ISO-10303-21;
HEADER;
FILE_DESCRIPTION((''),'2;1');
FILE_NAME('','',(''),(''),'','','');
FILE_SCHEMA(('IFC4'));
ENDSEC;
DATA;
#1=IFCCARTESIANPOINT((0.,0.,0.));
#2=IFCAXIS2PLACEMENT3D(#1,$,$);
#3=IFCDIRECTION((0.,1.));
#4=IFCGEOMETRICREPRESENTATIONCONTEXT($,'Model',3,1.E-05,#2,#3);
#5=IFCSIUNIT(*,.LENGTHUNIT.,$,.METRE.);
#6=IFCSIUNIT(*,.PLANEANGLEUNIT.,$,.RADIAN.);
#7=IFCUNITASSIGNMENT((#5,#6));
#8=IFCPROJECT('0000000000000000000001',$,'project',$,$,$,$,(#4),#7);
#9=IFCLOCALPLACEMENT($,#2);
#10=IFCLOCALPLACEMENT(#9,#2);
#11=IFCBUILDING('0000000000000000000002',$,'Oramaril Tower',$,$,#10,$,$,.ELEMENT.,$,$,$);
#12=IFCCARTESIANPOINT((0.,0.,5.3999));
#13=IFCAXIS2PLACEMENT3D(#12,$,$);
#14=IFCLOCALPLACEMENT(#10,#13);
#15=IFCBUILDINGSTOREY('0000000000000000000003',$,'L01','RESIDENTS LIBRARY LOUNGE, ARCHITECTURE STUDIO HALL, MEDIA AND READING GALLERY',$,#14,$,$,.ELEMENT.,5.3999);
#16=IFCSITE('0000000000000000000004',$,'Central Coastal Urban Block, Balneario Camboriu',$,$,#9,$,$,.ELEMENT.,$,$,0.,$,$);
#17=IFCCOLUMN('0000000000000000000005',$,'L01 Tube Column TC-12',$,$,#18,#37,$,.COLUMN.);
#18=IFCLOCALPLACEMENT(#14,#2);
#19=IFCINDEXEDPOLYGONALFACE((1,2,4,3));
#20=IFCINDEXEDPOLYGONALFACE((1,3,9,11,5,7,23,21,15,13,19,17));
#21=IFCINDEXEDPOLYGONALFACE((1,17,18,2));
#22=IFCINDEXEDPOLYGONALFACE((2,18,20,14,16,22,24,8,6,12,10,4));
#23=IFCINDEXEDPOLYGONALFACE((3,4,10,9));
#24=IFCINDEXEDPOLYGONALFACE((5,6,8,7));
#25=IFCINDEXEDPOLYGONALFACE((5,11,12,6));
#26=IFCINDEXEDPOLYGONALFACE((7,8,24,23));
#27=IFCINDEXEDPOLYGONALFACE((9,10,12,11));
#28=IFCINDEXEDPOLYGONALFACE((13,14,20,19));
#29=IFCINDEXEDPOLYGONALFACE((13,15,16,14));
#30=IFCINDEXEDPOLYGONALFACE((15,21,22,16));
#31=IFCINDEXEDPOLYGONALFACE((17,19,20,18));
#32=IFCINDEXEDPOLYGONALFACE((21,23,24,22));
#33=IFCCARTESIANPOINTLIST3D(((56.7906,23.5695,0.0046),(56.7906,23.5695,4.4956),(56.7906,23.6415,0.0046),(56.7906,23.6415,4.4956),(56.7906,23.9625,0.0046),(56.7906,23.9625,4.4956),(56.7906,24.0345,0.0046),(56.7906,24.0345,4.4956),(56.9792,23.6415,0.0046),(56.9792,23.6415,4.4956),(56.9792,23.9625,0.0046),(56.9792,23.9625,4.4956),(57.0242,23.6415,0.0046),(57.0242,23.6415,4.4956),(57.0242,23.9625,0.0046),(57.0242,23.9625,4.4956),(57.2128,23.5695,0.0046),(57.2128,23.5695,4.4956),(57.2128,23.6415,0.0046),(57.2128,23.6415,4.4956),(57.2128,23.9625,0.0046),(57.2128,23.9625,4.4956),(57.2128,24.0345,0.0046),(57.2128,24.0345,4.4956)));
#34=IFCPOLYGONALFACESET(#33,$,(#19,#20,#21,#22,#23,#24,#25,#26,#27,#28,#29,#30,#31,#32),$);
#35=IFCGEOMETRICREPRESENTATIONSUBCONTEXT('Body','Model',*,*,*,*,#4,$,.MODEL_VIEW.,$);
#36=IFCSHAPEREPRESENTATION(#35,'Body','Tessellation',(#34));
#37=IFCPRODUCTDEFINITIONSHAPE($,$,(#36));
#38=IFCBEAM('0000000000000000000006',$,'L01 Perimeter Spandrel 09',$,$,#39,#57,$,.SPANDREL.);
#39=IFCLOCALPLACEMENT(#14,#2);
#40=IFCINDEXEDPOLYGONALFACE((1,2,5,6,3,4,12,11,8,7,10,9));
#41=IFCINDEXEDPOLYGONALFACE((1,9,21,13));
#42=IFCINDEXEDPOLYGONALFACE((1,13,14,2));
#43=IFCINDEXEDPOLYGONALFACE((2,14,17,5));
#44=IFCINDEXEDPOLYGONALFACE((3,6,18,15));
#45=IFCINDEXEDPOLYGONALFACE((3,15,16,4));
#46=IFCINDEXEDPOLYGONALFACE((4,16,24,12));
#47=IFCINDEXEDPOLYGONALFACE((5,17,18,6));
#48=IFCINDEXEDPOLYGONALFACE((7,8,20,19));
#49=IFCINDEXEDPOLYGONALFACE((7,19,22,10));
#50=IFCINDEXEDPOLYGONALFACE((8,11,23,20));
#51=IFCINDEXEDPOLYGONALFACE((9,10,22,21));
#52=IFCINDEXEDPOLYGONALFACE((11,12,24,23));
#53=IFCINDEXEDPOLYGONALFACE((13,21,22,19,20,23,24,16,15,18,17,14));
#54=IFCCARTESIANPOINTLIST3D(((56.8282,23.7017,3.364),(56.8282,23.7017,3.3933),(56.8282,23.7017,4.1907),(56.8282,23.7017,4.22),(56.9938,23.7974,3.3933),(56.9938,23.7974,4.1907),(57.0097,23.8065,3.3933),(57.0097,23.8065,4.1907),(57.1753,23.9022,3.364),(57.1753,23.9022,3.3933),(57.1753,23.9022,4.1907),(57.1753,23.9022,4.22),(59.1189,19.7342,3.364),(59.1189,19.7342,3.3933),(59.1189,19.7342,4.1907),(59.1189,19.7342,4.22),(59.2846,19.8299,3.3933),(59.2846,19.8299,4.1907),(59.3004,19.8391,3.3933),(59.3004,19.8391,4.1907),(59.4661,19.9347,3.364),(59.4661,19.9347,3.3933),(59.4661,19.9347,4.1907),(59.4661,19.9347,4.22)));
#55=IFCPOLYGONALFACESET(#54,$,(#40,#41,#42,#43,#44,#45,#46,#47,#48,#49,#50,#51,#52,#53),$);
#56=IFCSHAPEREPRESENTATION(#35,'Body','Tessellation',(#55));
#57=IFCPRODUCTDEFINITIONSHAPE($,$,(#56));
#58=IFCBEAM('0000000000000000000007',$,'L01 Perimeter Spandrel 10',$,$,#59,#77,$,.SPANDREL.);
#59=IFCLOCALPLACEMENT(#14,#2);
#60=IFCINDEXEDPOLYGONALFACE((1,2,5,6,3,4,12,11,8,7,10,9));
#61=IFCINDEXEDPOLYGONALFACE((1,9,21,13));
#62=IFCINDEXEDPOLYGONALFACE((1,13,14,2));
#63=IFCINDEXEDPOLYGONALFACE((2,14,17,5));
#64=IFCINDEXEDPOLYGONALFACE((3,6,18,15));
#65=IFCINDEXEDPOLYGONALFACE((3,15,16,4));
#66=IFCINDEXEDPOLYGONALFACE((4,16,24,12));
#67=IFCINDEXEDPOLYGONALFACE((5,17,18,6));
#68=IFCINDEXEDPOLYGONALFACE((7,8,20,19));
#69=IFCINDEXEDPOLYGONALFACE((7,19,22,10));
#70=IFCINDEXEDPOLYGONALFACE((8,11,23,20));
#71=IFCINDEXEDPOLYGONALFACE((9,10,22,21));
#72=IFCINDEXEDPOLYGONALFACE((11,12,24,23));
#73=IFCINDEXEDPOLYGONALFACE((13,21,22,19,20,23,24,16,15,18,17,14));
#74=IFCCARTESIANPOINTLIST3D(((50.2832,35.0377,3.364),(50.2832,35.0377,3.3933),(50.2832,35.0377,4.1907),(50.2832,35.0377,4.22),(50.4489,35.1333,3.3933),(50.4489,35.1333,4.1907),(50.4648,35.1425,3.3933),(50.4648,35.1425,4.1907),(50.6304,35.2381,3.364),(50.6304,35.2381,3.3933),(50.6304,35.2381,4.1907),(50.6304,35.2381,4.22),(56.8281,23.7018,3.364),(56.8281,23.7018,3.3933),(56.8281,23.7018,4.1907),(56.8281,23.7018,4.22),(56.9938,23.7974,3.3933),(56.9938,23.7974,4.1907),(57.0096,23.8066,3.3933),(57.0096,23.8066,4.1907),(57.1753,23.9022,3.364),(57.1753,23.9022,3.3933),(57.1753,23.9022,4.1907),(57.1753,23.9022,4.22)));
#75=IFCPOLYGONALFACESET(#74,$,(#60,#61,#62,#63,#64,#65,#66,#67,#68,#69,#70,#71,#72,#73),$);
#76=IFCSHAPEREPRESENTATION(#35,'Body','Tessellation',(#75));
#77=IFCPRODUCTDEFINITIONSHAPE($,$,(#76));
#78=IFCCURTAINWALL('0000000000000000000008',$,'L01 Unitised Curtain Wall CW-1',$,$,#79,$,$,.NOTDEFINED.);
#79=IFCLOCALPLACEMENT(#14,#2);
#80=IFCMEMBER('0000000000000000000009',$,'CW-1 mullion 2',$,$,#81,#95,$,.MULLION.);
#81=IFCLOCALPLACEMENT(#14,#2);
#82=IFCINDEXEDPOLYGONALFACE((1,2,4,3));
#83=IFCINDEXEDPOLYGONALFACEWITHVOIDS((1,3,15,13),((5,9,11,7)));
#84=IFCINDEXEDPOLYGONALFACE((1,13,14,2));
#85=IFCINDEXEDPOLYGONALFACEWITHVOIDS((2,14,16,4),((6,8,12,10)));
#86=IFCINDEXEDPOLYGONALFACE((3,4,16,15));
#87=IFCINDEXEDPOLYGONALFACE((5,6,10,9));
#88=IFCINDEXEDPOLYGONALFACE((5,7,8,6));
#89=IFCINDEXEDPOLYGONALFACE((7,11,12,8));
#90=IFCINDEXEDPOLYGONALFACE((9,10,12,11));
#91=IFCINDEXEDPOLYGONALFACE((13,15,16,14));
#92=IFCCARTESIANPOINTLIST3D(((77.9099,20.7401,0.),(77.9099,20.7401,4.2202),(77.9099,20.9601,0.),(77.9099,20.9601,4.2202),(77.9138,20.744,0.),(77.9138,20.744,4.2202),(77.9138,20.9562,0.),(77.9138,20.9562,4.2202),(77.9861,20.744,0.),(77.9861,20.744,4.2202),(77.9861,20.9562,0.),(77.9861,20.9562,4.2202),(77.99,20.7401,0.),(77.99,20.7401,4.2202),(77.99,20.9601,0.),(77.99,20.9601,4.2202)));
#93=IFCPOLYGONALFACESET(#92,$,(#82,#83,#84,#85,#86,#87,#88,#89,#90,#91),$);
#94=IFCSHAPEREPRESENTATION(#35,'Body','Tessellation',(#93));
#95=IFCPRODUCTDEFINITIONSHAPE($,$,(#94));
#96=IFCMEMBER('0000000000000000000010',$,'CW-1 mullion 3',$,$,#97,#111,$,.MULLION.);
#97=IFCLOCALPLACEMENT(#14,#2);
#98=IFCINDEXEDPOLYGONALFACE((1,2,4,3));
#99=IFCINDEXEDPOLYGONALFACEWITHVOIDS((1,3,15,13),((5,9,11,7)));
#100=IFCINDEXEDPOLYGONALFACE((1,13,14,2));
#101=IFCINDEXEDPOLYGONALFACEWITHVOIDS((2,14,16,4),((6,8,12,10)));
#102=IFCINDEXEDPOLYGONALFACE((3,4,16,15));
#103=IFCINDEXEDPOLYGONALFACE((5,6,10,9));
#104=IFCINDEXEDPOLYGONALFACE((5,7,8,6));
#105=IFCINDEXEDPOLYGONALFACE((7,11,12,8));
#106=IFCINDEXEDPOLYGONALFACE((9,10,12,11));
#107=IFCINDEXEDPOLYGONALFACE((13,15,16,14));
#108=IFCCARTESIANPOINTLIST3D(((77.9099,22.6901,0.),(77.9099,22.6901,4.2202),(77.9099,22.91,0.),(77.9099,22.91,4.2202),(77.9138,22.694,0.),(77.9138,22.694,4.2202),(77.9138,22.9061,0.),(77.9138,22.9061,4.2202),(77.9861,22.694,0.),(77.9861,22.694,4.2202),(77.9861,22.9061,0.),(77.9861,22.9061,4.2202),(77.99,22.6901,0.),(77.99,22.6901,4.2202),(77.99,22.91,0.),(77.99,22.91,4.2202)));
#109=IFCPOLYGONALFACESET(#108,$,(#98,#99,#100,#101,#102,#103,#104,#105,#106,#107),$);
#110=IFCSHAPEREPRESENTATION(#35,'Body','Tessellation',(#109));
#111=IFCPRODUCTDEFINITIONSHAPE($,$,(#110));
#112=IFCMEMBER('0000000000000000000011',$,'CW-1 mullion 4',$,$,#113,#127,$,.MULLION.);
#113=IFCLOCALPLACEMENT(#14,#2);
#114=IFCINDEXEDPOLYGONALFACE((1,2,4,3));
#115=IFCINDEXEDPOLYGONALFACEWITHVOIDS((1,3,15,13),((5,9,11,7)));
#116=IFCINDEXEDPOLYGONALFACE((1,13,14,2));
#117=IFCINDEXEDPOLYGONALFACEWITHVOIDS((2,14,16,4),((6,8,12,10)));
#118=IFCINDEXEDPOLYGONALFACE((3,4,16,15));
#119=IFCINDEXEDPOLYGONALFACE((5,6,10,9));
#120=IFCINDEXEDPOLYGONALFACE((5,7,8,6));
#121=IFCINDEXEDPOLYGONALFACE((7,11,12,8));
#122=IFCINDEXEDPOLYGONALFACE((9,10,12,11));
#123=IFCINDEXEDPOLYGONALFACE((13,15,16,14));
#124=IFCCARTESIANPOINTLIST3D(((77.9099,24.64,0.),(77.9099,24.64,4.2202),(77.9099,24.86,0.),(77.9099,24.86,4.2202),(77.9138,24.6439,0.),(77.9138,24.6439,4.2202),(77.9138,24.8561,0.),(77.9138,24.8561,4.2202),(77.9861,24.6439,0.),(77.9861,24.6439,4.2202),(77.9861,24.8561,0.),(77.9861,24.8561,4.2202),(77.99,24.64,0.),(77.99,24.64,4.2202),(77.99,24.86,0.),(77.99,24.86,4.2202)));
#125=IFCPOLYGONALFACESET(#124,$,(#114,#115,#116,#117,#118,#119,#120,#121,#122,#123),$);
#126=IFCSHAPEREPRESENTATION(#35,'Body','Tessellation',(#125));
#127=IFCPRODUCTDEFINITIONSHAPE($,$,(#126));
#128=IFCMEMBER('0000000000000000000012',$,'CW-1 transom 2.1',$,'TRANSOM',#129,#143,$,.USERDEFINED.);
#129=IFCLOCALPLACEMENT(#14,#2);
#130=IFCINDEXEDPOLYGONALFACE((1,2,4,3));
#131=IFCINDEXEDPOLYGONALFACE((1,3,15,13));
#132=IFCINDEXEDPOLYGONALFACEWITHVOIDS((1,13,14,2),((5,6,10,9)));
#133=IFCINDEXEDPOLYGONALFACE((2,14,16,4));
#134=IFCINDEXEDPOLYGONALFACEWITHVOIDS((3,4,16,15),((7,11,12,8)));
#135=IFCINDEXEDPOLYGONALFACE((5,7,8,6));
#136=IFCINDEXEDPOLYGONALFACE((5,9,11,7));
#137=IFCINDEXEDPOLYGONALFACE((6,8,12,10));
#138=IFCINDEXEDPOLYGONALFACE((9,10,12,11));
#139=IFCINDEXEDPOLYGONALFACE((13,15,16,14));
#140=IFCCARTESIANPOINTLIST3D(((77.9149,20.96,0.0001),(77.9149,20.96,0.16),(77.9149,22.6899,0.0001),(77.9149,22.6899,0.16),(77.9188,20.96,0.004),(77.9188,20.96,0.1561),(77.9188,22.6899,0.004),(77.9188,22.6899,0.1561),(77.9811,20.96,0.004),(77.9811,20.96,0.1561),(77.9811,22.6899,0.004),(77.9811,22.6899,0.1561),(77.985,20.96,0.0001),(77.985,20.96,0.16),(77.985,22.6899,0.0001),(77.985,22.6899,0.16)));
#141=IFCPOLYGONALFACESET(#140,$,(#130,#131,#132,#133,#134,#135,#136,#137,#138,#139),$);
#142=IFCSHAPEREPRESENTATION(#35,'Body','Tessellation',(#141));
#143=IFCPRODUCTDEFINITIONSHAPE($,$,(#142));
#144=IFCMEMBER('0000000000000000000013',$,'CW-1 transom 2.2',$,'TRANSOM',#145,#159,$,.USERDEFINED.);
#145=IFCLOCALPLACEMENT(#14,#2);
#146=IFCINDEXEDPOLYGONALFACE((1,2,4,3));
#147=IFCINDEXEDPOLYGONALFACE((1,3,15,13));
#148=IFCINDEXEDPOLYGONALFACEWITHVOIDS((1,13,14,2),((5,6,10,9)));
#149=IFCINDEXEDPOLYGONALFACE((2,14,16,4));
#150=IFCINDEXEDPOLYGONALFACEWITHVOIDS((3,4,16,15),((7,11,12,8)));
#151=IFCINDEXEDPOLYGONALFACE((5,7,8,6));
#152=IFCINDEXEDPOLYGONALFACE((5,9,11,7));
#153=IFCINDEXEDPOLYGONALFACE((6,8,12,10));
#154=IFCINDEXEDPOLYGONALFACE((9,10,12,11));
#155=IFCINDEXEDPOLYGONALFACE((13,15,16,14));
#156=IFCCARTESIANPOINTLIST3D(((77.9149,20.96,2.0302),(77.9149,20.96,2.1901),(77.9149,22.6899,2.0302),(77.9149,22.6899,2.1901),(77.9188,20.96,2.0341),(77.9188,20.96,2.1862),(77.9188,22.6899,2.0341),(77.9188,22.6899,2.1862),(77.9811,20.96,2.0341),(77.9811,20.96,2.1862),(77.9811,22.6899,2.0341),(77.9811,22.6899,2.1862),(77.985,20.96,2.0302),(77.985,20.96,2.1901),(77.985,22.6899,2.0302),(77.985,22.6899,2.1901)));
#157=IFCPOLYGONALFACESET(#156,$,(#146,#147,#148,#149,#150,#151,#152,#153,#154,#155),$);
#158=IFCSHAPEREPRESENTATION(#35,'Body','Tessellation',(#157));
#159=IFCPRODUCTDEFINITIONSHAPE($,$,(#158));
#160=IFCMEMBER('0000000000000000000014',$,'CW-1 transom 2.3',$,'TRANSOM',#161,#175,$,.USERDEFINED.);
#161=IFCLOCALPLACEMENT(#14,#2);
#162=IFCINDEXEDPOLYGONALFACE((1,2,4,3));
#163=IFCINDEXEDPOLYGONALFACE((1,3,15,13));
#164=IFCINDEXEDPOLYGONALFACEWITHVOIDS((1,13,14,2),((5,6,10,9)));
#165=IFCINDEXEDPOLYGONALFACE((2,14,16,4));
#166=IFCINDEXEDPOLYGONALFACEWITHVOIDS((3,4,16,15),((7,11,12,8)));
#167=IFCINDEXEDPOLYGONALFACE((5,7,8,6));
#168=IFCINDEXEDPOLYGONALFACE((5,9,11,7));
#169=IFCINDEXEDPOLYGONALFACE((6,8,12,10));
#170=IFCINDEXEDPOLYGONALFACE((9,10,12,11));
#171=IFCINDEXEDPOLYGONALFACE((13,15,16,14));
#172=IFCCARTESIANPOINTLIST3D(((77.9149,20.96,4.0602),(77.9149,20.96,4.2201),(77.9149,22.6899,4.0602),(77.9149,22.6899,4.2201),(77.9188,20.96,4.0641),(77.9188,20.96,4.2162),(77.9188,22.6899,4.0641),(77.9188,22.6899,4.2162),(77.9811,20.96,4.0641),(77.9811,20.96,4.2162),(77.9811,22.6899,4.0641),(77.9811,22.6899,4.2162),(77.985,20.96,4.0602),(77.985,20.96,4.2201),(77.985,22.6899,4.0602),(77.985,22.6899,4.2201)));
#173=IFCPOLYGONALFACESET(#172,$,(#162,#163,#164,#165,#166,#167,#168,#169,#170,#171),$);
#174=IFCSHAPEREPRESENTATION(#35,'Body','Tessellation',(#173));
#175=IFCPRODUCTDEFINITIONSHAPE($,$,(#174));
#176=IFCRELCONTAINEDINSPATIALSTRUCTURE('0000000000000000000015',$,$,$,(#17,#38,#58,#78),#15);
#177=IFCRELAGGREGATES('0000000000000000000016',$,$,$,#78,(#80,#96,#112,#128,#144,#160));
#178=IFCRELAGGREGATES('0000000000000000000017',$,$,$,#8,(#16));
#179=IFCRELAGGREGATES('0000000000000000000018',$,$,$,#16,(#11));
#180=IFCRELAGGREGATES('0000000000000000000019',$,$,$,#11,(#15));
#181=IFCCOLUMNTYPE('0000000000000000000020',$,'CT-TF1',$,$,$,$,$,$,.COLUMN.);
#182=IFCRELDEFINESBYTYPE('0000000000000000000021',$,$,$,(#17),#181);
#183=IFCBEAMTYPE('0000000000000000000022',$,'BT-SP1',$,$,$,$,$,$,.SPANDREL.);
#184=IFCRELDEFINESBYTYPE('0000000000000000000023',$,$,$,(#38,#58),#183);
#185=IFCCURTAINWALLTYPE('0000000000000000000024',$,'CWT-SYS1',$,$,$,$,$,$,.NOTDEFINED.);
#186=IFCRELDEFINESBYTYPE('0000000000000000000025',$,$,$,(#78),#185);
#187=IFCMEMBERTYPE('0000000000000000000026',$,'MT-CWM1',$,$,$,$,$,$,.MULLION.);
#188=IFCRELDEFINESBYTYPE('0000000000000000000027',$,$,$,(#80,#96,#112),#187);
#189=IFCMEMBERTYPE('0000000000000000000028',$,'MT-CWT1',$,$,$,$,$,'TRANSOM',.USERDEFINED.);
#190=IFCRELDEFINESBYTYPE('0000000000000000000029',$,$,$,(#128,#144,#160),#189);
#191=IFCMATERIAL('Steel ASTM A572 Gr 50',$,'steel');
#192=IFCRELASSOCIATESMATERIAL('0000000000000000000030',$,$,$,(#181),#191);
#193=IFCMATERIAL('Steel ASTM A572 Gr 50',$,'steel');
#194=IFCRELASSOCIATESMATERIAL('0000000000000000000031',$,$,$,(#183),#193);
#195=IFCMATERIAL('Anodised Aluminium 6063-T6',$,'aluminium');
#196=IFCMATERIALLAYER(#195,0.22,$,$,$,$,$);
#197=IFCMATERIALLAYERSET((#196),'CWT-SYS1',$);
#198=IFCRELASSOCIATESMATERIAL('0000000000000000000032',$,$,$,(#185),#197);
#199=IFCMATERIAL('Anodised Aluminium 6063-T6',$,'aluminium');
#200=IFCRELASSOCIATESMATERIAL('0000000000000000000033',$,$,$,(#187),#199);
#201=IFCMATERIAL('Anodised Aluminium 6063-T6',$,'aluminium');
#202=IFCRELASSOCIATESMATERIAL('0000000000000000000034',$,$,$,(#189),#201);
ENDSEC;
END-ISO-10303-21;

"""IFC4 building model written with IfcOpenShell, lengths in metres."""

from ifc_helpers import new_model, si_unit, direction, frame, origin, origin_2d, place, context, subcontext, project, spatial, hollow_rectangle, i_section, extrude, material, layer, layer_set, material_profile, profile_set, type_object, element, aggregate, save


model = new_model("IFC4")

# Units and contexts
model_context = context("Model", 3, precision=1e-05, world=origin(), true_north=direction((0.0, 1.0)))
body_context = subcontext(model_context, "Body", "Model", "MODEL_VIEW")
ifc_project = project(units=[si_unit("LENGTHUNIT", "METRE"), si_unit("PLANEANGLEUNIT", "RADIAN")], contexts=[model_context])

# Site, building, storey
site_placement = place(None, origin())
site = spatial("IfcSite", under=ifc_project, at=site_placement, Name="Central Coastal Urban Block, Balneario Camboriu", CompositionType="ELEMENT", RefElevation=0.0)
building_placement = place(site_placement, origin())
building = spatial("IfcBuilding", under=site, at=building_placement, Name="Oramaril Tower", CompositionType="ELEMENT")
storey_placement = place(building_placement, frame((0.0, 0.0, 5.3999)))
storey = spatial("IfcBuildingStorey", under=building, at=storey_placement, Name="L01", Description="RESIDENTS LIBRARY LOUNGE, ARCHITECTURE STUDIO HALL, MEDIA AND READING GALLERY", CompositionType="ELEMENT", Elevation=5.3999)

# Column
ifc_material_1 = material(Name="Steel ASTM A572 Gr 50", Category="steel")
ifc_material_profile_1 = material_profile(ifc_material_1, i_section(OverallWidth=0.4221, OverallDepth=0.4651, WebThickness=0.0449, FlangeThickness=0.072, at=origin_2d()), Name="W14X398")
ifc_profile_set_1 = profile_set([ifc_material_profile_1], Name="Steel ASTM A572 Gr 50")
column_type = type_object("IfcColumnType", Name="CT-TF1", PredefinedType="COLUMN", material=ifc_profile_set_1)
column_placement = place(storey_placement, frame((57.0017, 23.802, 0.0046), z_axis=(0.0, 0.0, 1.0), x_axis=(1.0, 0.0, 0.0)))
element("IfcColumn", 1, at=column_placement, inside=storey, type_object=column_type, Name="L01 Tube Column TC-12", PredefinedType="COLUMN", context=body_context, shape_type="SweptSolid", body=[
    extrude(i_section(OverallWidth=0.4221, OverallDepth=0.4651, WebThickness=0.0449, FlangeThickness=0.072, at=origin_2d()), origin(), (0.0, 0.0, 1.0), 4.491),
])

# Beams
ifc_material_2 = material(Name="Steel ASTM A572 Gr 50", Category="steel")
ifc_material_profile_2 = material_profile(ifc_material_2, i_section(OverallWidth=0.4009, OverallDepth=0.856, WebThickness=0.0183, FlangeThickness=0.0293, at=origin_2d()), Name="W33X201")
ifc_profile_set_2 = profile_set([ifc_material_profile_2], Name="Steel ASTM A572 Gr 50")
beam_type = type_object("IfcBeamType", Name="BT-SP1", PredefinedType="SPANDREL", material=ifc_profile_set_2)
beam_1_placement = place(storey_placement, frame((59.2925, 19.8345, 3.792), z_axis=(-0.500019, 0.866014, 0.0), x_axis=(-0.866014, -0.500019, 0.0)))
element("IfcBeam", 2, at=beam_1_placement, inside=storey, type_object=beam_type, Name="L01 Perimeter Spandrel 09", PredefinedType="SPANDREL", context=body_context, shape_type="SweptSolid", body=[
    extrude(i_section(OverallWidth=0.4009, OverallDepth=0.856, WebThickness=0.0183, FlangeThickness=0.0293, at=origin_2d()), origin(), (0.0, 0.0, 1.0), 4.5813),
])
beam_2_placement = place(storey_placement, frame((57.0017, 23.802, 3.792), z_axis=(-0.500007, 0.866022, 0.0), x_axis=(-0.866022, -0.500007, 0.0)))
element("IfcBeam", 3, at=beam_2_placement, inside=storey, type_object=beam_type, Name="L01 Perimeter Spandrel 10", PredefinedType="SPANDREL", context=body_context, shape_type="SweptSolid", body=[
    extrude(i_section(OverallWidth=0.4009, OverallDepth=0.856, WebThickness=0.0183, FlangeThickness=0.0293, at=origin_2d()), origin(), (0.0, 0.0, 1.0), 13.0896),
])

# Curtain wall, members
ifc_material_3 = material(Name="Anodised Aluminium 6063-T6", Category="aluminium")
ifc_layer_1 = layer(ifc_material_3, 0.22)
ifc_layer_set_1 = layer_set([ifc_layer_1], Name="CWT-SYS1")
curtain_wall_type = type_object("IfcCurtainWallType", Name="CWT-SYS1", PredefinedType="NOTDEFINED", material=ifc_layer_set_1)
curtain_wall_placement = place(storey_placement, origin())
curtain_wall = element("IfcCurtainWall", 4, at=curtain_wall_placement, inside=storey, type_object=curtain_wall_type, Name="L01 Unitised Curtain Wall CW-1", PredefinedType="NOTDEFINED")
ifc_material_4 = material(Name="Anodised Aluminium 6063-T6", Category="aluminium")
ifc_material_profile_3 = material_profile(ifc_material_4, hollow_rectangle(XDim=0.0801, YDim=0.22, WallThickness=0.0039, at=origin_2d()), Name="CWM220X80")
ifc_profile_set_3 = profile_set([ifc_material_profile_3], Name="Anodised Aluminium 6063-T6")
member_type_1 = type_object("IfcMemberType", Name="MT-CWM1", PredefinedType="MULLION", material=ifc_profile_set_3)
member_1_placement = place(storey_placement, frame((77.95, 20.8501, 0.0), z_axis=(0.0, 0.0, 1.0), x_axis=(-1.0, 0.0, 0.0)))
member_1 = element("IfcMember", 5, at=member_1_placement, type_object=member_type_1, Name="CW-1 mullion 2", PredefinedType="MULLION", context=body_context, shape_type="SweptSolid", body=[
    extrude(hollow_rectangle(XDim=0.0801, YDim=0.22, WallThickness=0.0039, at=origin_2d()), origin(), (0.0, 0.0, 1.0), 4.2202),
])
member_2_placement = place(storey_placement, frame((77.95, 22.8, 0.0), z_axis=(0.0, 0.0, 1.0), x_axis=(-1.0, 0.0, 0.0)))
member_2 = element("IfcMember", 6, at=member_2_placement, type_object=member_type_1, Name="CW-1 mullion 3", PredefinedType="MULLION", context=body_context, shape_type="SweptSolid", body=[
    extrude(hollow_rectangle(XDim=0.0801, YDim=0.22, WallThickness=0.0039, at=origin_2d()), origin(), (0.0, 0.0, 1.0), 4.2202),
])
member_3_placement = place(storey_placement, frame((77.95, 24.75, 0.0), z_axis=(0.0, 0.0, 1.0), x_axis=(-1.0, 0.0, 0.0)))
member_3 = element("IfcMember", 7, at=member_3_placement, type_object=member_type_1, Name="CW-1 mullion 4", PredefinedType="MULLION", context=body_context, shape_type="SweptSolid", body=[
    extrude(hollow_rectangle(XDim=0.0801, YDim=0.22, WallThickness=0.0039, at=origin_2d()), origin(), (0.0, 0.0, 1.0), 4.2202),
])
ifc_material_5 = material(Name="Anodised Aluminium 6063-T6", Category="aluminium")
ifc_material_profile_4 = material_profile(ifc_material_5, hollow_rectangle(XDim=0.0701, YDim=0.1599, WallThickness=0.0039, at=origin_2d()), Name="CWT160X70")
ifc_profile_set_4 = profile_set([ifc_material_profile_4], Name="Anodised Aluminium 6063-T6")
member_type_2 = type_object("IfcMemberType", Name="MT-CWT1", ElementType="TRANSOM", PredefinedType="USERDEFINED", material=ifc_profile_set_4)
member_4_placement = place(storey_placement, frame((77.95, 20.96, 0.0801), z_axis=(0.0, 1.0, 0.0), x_axis=(-1.0, 0.0, 0.0)))
member_4 = element("IfcMember", 8, at=member_4_placement, type_object=member_type_2, Name="CW-1 transom 2.1", ObjectType="TRANSOM", PredefinedType="USERDEFINED", context=body_context, shape_type="SweptSolid", body=[
    extrude(hollow_rectangle(XDim=0.0701, YDim=0.1599, WallThickness=0.0039, at=origin_2d()), origin(), (0.0, 0.0, 1.0), 1.73),
])
member_5_placement = place(storey_placement, frame((77.95, 20.96, 2.1101), z_axis=(0.0, 1.0, 0.0), x_axis=(-1.0, 0.0, 0.0)))
member_5 = element("IfcMember", 9, at=member_5_placement, type_object=member_type_2, Name="CW-1 transom 2.2", ObjectType="TRANSOM", PredefinedType="USERDEFINED", context=body_context, shape_type="SweptSolid", body=[
    extrude(hollow_rectangle(XDim=0.0701, YDim=0.1599, WallThickness=0.0039, at=origin_2d()), origin(), (0.0, 0.0, 1.0), 1.73),
])
member_6_placement = place(storey_placement, frame((77.95, 20.96, 4.1401), z_axis=(0.0, 1.0, 0.0), x_axis=(-1.0, 0.0, 0.0)))
member_6 = element("IfcMember", 10, at=member_6_placement, type_object=member_type_2, Name="CW-1 transom 2.3", ObjectType="TRANSOM", PredefinedType="USERDEFINED", context=body_context, shape_type="SweptSolid", body=[
    extrude(hollow_rectangle(XDim=0.0701, YDim=0.1599, WallThickness=0.0039, at=origin_2d()), origin(), (0.0, 0.0, 1.0), 1.73),
])
aggregate(curtain_wall, [member_1, member_2, member_3, member_4, member_5, member_6])

save(model, "model.ifc")
